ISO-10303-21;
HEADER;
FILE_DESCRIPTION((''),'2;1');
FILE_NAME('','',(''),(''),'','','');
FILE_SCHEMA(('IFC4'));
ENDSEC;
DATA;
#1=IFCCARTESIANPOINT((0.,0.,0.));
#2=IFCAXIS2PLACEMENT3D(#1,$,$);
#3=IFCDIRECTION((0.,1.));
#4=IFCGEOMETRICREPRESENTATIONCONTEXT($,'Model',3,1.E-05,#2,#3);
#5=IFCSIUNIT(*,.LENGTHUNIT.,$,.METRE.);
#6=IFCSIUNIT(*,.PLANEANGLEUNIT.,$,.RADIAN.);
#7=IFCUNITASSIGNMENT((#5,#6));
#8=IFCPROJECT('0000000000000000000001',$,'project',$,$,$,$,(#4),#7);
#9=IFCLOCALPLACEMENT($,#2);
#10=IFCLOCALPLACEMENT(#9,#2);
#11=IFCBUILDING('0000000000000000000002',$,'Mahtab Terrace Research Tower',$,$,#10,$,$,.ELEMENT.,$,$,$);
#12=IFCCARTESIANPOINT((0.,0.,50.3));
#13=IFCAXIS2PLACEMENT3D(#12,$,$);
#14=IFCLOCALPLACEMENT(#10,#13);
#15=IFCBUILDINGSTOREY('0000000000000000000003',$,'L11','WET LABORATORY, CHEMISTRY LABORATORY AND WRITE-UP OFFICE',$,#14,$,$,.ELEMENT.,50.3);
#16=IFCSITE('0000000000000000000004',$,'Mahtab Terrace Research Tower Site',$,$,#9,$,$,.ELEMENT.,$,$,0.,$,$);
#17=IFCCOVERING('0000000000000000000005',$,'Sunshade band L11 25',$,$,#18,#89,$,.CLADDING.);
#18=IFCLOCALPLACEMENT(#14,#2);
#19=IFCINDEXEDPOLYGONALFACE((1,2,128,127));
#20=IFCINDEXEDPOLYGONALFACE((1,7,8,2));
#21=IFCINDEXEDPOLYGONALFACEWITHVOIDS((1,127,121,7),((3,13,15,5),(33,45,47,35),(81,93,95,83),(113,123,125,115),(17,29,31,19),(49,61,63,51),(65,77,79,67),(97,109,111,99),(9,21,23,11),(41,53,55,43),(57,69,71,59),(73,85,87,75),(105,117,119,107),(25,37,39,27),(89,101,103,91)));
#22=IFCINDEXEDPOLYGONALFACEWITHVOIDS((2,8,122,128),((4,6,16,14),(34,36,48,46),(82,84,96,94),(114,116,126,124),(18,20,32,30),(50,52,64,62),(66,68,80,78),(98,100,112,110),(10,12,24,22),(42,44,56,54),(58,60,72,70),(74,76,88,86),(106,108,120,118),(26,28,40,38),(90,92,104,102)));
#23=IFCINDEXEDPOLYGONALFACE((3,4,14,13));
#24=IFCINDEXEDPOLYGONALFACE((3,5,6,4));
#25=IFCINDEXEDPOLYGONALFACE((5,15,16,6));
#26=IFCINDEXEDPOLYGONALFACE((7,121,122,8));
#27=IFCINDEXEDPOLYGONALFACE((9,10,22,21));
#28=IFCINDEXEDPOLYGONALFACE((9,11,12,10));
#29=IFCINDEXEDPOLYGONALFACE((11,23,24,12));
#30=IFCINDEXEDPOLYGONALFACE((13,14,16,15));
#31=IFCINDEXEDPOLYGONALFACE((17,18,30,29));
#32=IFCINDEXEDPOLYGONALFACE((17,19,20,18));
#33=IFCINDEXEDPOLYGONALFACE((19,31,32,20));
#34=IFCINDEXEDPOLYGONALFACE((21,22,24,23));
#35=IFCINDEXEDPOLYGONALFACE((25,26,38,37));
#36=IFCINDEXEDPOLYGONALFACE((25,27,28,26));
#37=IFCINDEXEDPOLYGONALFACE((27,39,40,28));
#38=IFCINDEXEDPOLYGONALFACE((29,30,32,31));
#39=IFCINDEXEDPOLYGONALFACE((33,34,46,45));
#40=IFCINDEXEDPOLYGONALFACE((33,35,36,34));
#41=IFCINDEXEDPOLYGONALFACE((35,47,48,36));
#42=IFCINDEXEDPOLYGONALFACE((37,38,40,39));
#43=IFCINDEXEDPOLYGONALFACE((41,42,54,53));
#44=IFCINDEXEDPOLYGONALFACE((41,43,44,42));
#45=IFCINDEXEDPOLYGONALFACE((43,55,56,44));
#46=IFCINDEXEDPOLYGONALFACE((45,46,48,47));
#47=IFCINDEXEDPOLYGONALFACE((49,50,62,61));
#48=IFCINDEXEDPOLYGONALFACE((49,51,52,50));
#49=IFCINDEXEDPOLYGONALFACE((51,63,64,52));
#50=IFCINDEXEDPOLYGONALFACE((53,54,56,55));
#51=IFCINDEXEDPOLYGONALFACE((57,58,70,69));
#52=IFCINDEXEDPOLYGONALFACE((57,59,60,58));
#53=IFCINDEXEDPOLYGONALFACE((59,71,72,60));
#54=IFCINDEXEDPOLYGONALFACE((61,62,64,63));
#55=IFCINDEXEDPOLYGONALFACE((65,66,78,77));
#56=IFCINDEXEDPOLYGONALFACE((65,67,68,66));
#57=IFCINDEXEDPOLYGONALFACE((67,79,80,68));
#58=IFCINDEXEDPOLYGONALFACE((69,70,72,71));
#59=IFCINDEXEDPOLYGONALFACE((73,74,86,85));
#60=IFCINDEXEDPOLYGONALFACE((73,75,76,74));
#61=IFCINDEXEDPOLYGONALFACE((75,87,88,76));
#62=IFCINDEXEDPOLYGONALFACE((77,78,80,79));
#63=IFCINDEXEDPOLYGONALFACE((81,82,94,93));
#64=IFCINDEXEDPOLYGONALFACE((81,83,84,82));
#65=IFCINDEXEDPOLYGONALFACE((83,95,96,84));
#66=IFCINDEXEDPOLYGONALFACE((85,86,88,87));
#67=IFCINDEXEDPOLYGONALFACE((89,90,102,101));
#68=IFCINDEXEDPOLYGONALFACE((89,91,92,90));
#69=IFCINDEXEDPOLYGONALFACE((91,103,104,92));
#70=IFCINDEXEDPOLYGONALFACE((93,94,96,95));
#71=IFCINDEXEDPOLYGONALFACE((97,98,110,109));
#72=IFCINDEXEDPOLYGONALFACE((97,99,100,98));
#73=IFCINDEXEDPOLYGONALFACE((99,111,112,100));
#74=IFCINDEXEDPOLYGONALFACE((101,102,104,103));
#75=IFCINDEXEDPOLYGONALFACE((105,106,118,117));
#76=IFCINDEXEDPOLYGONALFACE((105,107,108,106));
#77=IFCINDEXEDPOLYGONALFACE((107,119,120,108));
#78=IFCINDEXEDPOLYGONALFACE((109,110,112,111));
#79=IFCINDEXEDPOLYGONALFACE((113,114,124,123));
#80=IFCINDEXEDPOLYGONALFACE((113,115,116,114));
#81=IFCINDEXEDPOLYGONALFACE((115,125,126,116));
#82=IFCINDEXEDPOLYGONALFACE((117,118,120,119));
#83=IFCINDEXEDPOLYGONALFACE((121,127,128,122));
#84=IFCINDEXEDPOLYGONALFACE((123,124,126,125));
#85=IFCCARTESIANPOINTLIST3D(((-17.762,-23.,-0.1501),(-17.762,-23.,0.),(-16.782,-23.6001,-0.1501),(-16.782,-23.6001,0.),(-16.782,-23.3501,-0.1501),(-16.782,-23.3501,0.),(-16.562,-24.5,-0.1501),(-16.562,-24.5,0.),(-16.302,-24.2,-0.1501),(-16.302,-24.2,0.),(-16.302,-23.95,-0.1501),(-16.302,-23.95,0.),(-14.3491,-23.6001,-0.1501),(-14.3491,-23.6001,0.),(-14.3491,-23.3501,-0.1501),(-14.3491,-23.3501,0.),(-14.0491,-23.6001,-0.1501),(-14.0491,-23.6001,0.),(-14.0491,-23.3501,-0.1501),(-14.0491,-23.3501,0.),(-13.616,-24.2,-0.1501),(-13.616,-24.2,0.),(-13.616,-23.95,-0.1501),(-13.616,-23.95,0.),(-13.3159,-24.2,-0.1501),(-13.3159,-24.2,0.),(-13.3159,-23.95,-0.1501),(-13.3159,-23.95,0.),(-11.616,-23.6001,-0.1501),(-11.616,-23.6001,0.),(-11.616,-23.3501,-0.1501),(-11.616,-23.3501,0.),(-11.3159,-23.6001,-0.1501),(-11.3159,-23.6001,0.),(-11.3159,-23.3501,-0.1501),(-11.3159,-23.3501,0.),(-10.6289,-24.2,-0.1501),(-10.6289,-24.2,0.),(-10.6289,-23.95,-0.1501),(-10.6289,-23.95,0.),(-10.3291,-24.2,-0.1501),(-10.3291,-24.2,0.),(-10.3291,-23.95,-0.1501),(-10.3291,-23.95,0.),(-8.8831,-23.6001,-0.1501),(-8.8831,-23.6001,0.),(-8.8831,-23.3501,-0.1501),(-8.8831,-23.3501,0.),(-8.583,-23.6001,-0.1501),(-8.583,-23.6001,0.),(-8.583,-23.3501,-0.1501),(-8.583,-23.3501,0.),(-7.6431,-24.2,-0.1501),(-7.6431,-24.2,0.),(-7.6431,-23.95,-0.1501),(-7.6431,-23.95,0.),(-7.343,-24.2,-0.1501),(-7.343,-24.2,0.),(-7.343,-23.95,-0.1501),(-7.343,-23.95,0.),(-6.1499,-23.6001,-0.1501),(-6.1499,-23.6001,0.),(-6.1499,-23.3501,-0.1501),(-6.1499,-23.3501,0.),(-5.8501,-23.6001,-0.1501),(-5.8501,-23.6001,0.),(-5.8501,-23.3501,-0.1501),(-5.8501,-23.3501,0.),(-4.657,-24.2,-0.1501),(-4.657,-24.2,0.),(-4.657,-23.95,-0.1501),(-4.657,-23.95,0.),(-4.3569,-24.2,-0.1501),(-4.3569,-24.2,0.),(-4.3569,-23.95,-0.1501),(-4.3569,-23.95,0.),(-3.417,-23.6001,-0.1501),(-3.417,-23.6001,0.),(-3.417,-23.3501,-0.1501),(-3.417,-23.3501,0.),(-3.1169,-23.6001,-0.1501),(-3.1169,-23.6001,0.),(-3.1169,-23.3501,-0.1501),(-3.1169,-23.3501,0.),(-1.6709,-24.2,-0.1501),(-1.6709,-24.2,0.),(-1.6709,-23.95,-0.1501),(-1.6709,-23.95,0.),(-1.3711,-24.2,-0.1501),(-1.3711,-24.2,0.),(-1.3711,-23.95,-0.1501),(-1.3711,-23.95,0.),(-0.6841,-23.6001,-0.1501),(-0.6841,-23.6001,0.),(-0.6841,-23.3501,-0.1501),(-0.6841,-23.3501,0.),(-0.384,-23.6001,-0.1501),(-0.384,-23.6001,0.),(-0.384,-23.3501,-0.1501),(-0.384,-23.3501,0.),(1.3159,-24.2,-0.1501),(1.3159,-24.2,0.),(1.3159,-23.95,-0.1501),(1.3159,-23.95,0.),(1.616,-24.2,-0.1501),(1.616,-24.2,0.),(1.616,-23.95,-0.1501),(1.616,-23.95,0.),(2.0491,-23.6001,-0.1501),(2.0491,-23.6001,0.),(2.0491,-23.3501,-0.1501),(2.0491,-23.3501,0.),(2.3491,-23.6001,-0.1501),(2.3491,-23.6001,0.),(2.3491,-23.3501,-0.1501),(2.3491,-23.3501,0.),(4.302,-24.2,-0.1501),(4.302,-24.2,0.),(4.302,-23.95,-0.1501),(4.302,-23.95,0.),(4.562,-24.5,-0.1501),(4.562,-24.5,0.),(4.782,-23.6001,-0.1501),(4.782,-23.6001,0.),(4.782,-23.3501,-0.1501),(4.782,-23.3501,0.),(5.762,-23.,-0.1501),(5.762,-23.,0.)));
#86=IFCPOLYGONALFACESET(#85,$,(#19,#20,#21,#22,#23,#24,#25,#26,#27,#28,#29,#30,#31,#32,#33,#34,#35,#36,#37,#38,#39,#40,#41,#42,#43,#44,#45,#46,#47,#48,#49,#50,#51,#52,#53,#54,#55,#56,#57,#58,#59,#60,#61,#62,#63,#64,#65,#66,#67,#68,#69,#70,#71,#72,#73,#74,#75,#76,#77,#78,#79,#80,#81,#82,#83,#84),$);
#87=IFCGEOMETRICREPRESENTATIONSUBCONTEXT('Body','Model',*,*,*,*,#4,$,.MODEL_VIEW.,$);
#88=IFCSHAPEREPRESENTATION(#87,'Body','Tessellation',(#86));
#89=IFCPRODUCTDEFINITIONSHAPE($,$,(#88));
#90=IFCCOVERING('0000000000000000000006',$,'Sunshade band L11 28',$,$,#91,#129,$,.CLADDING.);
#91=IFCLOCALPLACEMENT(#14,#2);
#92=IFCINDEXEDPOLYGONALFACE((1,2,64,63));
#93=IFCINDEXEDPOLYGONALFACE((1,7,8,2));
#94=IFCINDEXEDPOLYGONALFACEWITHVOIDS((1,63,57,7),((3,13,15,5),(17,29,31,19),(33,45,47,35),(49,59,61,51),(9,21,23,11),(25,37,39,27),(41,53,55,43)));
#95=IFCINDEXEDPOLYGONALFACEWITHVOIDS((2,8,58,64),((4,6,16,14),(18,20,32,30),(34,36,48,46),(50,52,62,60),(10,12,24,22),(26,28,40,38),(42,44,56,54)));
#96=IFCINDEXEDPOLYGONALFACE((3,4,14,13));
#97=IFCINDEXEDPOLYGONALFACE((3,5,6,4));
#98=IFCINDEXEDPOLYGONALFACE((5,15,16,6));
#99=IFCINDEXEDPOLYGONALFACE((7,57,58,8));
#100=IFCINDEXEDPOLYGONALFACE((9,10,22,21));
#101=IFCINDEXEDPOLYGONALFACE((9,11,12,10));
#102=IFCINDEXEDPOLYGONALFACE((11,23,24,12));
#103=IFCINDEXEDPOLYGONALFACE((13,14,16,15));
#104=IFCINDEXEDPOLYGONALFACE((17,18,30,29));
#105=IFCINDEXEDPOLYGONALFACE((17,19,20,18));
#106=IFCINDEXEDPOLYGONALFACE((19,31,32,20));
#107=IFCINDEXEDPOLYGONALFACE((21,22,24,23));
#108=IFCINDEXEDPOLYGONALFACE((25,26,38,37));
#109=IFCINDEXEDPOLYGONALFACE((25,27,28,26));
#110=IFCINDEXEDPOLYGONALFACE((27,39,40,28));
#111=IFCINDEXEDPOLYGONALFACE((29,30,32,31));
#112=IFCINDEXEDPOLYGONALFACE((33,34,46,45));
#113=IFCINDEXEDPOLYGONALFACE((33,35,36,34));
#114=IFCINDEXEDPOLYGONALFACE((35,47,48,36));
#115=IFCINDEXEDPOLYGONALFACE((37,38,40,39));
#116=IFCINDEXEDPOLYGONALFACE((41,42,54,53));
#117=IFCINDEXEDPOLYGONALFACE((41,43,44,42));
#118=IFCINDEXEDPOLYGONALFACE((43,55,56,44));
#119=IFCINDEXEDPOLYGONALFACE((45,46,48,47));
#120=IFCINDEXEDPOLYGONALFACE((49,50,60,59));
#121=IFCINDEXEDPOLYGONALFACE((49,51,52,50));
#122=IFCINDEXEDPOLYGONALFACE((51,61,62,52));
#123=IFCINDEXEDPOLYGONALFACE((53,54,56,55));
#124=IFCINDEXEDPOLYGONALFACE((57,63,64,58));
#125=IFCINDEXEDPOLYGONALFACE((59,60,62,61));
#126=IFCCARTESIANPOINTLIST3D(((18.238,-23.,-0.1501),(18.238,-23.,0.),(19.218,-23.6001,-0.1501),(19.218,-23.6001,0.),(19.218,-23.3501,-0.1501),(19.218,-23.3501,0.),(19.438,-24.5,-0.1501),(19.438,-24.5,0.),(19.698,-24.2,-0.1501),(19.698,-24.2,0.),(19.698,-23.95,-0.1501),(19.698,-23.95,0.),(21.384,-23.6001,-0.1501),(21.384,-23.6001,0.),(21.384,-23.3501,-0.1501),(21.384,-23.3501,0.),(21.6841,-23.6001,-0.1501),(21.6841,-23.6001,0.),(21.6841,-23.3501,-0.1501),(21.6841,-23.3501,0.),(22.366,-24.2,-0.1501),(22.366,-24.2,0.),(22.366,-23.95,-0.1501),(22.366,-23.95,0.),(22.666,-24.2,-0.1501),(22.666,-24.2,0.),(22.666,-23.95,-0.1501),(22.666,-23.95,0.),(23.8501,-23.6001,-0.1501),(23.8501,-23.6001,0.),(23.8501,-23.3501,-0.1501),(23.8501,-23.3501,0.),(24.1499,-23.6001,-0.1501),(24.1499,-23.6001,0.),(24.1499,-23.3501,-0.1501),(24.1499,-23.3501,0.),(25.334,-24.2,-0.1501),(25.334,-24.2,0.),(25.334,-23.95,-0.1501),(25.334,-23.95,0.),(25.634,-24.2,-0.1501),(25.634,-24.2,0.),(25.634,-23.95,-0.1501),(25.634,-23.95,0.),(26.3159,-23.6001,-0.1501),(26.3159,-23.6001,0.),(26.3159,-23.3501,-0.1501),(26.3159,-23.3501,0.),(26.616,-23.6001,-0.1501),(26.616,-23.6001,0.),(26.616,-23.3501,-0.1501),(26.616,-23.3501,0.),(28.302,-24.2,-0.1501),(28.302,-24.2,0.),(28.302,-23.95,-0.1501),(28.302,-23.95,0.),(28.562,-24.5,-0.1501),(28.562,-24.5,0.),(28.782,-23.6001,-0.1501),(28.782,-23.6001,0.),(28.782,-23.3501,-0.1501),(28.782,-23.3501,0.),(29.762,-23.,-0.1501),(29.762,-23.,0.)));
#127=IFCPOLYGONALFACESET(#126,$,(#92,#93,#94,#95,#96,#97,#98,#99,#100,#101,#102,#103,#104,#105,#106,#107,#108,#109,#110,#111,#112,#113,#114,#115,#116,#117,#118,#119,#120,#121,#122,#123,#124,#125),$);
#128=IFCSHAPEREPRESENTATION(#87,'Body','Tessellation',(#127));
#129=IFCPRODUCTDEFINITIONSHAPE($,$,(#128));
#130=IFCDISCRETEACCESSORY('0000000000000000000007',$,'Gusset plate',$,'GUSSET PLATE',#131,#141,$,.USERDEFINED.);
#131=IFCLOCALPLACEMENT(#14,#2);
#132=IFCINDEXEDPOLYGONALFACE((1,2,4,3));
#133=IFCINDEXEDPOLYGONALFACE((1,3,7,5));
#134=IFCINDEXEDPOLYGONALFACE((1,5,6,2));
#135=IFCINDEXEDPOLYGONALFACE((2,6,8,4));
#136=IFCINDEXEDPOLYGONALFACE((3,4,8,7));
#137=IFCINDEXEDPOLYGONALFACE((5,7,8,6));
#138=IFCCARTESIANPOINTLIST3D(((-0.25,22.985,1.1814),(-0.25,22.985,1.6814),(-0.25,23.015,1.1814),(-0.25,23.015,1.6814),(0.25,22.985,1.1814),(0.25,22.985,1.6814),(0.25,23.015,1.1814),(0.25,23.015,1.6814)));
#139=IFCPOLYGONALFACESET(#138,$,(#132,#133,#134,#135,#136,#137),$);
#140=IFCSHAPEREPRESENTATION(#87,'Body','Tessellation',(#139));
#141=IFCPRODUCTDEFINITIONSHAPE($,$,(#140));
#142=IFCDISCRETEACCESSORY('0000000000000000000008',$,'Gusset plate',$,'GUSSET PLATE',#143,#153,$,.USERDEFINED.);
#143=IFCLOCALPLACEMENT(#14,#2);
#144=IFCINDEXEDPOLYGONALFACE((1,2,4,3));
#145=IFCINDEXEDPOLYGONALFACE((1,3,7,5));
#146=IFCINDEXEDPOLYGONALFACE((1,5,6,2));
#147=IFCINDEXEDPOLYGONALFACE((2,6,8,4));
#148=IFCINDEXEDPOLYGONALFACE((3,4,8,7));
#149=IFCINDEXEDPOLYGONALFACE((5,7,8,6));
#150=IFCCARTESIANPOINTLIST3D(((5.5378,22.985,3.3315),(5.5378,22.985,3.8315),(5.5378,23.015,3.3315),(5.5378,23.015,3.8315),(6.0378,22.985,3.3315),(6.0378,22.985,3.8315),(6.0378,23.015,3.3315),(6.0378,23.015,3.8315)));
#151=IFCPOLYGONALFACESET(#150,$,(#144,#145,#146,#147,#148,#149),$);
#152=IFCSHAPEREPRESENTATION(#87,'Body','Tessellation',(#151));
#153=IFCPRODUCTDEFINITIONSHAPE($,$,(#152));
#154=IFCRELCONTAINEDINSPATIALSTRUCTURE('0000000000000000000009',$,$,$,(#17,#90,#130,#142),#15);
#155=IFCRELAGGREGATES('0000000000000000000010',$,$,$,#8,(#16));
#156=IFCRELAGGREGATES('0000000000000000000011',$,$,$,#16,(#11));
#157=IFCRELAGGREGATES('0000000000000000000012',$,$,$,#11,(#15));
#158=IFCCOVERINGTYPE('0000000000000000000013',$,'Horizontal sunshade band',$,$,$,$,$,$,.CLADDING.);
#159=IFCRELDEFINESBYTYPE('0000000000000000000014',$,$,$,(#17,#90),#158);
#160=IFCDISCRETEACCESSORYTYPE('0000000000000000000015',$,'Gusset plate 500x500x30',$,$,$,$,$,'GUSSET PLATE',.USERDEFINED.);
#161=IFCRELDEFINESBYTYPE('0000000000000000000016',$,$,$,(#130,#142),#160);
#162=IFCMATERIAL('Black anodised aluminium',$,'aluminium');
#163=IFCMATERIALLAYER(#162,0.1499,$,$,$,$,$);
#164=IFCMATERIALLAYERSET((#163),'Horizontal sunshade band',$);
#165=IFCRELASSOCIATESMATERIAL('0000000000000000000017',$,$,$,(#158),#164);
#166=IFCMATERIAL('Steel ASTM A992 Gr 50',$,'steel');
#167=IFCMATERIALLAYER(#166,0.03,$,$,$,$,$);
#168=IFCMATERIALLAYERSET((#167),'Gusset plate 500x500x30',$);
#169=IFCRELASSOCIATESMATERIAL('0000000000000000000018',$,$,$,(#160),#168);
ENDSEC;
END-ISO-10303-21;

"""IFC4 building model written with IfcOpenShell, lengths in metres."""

from ifc_helpers import new_model, si_unit, direction, frame, origin, origin_2d, place, context, subcontext, project, spatial, polyline, rectangle, outline, extrude, material, layer, layer_set, type_object, element, save


model = new_model("IFC4")

# Units and contexts
model_context = context("Model", 3, precision=1e-05, world=origin(), true_north=direction((0.0, 1.0)))
body_context = subcontext(model_context, "Body", "Model", "MODEL_VIEW")
ifc_project = project(units=[si_unit("LENGTHUNIT", "METRE"), si_unit("PLANEANGLEUNIT", "RADIAN")], contexts=[model_context])

# Site, building, storey
site_placement = place(None, origin())
site = spatial("IfcSite", under=ifc_project, at=site_placement, Name="Mahtab Terrace Research Tower Site", CompositionType="ELEMENT", RefElevation=0.0)
building_placement = place(site_placement, origin())
building = spatial("IfcBuilding", under=site, at=building_placement, Name="Mahtab Terrace Research Tower", CompositionType="ELEMENT")
storey_placement = place(building_placement, frame((0.0, 0.0, 50.3)))
storey = spatial("IfcBuildingStorey", under=building, at=storey_placement, Name="L11", Description="WET LABORATORY, CHEMISTRY LABORATORY AND WRITE-UP OFFICE", CompositionType="ELEMENT", Elevation=50.3)

# Shared definitions
ifc_material_1 = material(Name="Steel ASTM A992 Gr 50", Category="steel")

# Coverings
ifc_material_2 = material(Name="Black anodised aluminium", Category="aluminium")
ifc_layer_1 = layer(ifc_material_2, 0.1499)
ifc_layer_set_1 = layer_set([ifc_layer_1], Name="Horizontal sunshade band")
covering_type_1 = type_object("IfcCoveringType", Name="Horizontal sunshade band", PredefinedType="CLADDING", material=ifc_layer_set_1)
covering_1_placement = place(storey_placement, frame((0.0, 0.0, -0.1501)))
element("IfcCovering", 1, at=covering_1_placement, inside=storey, type_object=covering_type_1, Name="Sunshade band L11 25", PredefinedType="CLADDING", context=body_context, shape_type="SweptSolid", body=[
    extrude(outline(polyline([(-17.762, -23.0), (5.762, -23.0), (4.562, -24.5), (-16.562, -24.5), (-17.762, -23.0)]), holes=[polyline([(-16.782, -23.3501), (-14.3491, -23.3501), (-14.3491, -23.6001), (-16.782, -23.6001), (-16.782, -23.3501)]), polyline([(-14.0491, -23.3501), (-11.616, -23.3501), (-11.616, -23.6001), (-14.0491, -23.6001), (-14.0491, -23.3501)]), polyline([(-11.3159, -23.3501), (-8.8831, -23.3501), (-8.8831, -23.6001), (-11.3159, -23.6001), (-11.3159, -23.3501)]), polyline([(-8.583, -23.3501), (-6.1499, -23.3501), (-6.1499, -23.6001), (-8.583, -23.6001), (-8.583, -23.3501)]), polyline([(-5.8501, -23.3501), (-3.417, -23.3501), (-3.417, -23.6001), (-5.8501, -23.6001), (-5.8501, -23.3501)]), polyline([(-3.1169, -23.3501), (-0.6841, -23.3501), (-0.6841, -23.6001), (-3.1169, -23.6001), (-3.1169, -23.3501)]), polyline([(-0.384, -23.3501), (2.0491, -23.3501), (2.0491, -23.6001), (-0.384, -23.6001), (-0.384, -23.3501)]), polyline([(2.3491, -23.3501), (4.782, -23.3501), (4.782, -23.6001), (2.3491, -23.6001), (2.3491, -23.3501)]), polyline([(-16.302, -23.95), (-13.616, -23.95), (-13.616, -24.2), (-16.302, -24.2), (-16.302, -23.95)]), polyline([(-13.3159, -23.95), (-10.6289, -23.95), (-10.6289, -24.2), (-13.3159, -24.2), (-13.3159, -23.95)]), polyline([(-10.3291, -23.95), (-7.6431, -23.95), (-7.6431, -24.2), (-10.3291, -24.2), (-10.3291, -23.95)]), polyline([(-7.343, -23.95), (-4.657, -23.95), (-4.657, -24.2), (-7.343, -24.2), (-7.343, -23.95)]), polyline([(-4.3569, -23.95), (-1.6709, -23.95), (-1.6709, -24.2), (-4.3569, -24.2), (-4.3569, -23.95)]), polyline([(-1.3711, -23.95), (1.3159, -23.95), (1.3159, -24.2), (-1.3711, -24.2), (-1.3711, -23.95)]), polyline([(1.616, -23.95), (4.302, -23.95), (4.302, -24.2), (1.616, -24.2), (1.616, -23.95)])]), origin(), (0.0, 0.0, 1.0), 0.1501),
])
covering_2_placement = place(storey_placement, frame((0.0, 0.0, -0.1501)))
element("IfcCovering", 2, at=covering_2_placement, inside=storey, type_object=covering_type_1, Name="Sunshade band L11 28", PredefinedType="CLADDING", context=body_context, shape_type="SweptSolid", body=[
    extrude(outline(polyline([(18.238, -23.0), (29.762, -23.0), (28.562, -24.5), (19.438, -24.5), (18.238, -23.0)]), holes=[polyline([(19.218, -23.3501), (21.384, -23.3501), (21.384, -23.6001), (19.218, -23.6001), (19.218, -23.3501)]), polyline([(21.6841, -23.3501), (23.8501, -23.3501), (23.8501, -23.6001), (21.6841, -23.6001), (21.6841, -23.3501)]), polyline([(24.1499, -23.3501), (26.3159, -23.3501), (26.3159, -23.6001), (24.1499, -23.6001), (24.1499, -23.3501)]), polyline([(26.616, -23.3501), (28.782, -23.3501), (28.782, -23.6001), (26.616, -23.6001), (26.616, -23.3501)]), polyline([(19.698, -23.95), (22.366, -23.95), (22.366, -24.2), (19.698, -24.2), (19.698, -23.95)]), polyline([(22.666, -23.95), (25.334, -23.95), (25.334, -24.2), (22.666, -24.2), (22.666, -23.95)]), polyline([(25.634, -23.95), (28.302, -23.95), (28.302, -24.2), (25.634, -24.2), (25.634, -23.95)])]), origin(), (0.0, 0.0, 1.0), 0.1501),
])

# Discrete accessories
ifc_layer_2 = layer(ifc_material_1, 0.03)
ifc_layer_set_2 = layer_set([ifc_layer_2], Name="Gusset plate 500x500x30")
discrete_accessory_type = type_object("IfcDiscreteAccessoryType", Name="Gusset plate 500x500x30", ElementType="GUSSET PLATE", PredefinedType="USERDEFINED", material=ifc_layer_set_2)
for number, where, z_axis, x_axis, name in (
    (3, (0.0, 23.0, 1.1814), (0.0, 0.0, 1.0), (1.0, 0.0, 0.0), "Gusset plate"),
    (4, (5.7878, 23.0, 3.3315), (0.0, 0.0, 1.0), (1.0, 0.0, 0.0), "Gusset plate"),
):
    element("IfcDiscreteAccessory", number, at=place(storey_placement, frame(where, z_axis=z_axis, x_axis=x_axis)), inside=storey, type_object=discrete_accessory_type, Name=name, ObjectType="GUSSET PLATE", PredefinedType="USERDEFINED", context=body_context, shape_type="SweptSolid", body=[
        extrude(rectangle(XDim=0.5, YDim=0.03, at=origin_2d()), origin(), (0.0, 0.0, 1.0), 0.5),
    ])

save(model, "model.ifc")
